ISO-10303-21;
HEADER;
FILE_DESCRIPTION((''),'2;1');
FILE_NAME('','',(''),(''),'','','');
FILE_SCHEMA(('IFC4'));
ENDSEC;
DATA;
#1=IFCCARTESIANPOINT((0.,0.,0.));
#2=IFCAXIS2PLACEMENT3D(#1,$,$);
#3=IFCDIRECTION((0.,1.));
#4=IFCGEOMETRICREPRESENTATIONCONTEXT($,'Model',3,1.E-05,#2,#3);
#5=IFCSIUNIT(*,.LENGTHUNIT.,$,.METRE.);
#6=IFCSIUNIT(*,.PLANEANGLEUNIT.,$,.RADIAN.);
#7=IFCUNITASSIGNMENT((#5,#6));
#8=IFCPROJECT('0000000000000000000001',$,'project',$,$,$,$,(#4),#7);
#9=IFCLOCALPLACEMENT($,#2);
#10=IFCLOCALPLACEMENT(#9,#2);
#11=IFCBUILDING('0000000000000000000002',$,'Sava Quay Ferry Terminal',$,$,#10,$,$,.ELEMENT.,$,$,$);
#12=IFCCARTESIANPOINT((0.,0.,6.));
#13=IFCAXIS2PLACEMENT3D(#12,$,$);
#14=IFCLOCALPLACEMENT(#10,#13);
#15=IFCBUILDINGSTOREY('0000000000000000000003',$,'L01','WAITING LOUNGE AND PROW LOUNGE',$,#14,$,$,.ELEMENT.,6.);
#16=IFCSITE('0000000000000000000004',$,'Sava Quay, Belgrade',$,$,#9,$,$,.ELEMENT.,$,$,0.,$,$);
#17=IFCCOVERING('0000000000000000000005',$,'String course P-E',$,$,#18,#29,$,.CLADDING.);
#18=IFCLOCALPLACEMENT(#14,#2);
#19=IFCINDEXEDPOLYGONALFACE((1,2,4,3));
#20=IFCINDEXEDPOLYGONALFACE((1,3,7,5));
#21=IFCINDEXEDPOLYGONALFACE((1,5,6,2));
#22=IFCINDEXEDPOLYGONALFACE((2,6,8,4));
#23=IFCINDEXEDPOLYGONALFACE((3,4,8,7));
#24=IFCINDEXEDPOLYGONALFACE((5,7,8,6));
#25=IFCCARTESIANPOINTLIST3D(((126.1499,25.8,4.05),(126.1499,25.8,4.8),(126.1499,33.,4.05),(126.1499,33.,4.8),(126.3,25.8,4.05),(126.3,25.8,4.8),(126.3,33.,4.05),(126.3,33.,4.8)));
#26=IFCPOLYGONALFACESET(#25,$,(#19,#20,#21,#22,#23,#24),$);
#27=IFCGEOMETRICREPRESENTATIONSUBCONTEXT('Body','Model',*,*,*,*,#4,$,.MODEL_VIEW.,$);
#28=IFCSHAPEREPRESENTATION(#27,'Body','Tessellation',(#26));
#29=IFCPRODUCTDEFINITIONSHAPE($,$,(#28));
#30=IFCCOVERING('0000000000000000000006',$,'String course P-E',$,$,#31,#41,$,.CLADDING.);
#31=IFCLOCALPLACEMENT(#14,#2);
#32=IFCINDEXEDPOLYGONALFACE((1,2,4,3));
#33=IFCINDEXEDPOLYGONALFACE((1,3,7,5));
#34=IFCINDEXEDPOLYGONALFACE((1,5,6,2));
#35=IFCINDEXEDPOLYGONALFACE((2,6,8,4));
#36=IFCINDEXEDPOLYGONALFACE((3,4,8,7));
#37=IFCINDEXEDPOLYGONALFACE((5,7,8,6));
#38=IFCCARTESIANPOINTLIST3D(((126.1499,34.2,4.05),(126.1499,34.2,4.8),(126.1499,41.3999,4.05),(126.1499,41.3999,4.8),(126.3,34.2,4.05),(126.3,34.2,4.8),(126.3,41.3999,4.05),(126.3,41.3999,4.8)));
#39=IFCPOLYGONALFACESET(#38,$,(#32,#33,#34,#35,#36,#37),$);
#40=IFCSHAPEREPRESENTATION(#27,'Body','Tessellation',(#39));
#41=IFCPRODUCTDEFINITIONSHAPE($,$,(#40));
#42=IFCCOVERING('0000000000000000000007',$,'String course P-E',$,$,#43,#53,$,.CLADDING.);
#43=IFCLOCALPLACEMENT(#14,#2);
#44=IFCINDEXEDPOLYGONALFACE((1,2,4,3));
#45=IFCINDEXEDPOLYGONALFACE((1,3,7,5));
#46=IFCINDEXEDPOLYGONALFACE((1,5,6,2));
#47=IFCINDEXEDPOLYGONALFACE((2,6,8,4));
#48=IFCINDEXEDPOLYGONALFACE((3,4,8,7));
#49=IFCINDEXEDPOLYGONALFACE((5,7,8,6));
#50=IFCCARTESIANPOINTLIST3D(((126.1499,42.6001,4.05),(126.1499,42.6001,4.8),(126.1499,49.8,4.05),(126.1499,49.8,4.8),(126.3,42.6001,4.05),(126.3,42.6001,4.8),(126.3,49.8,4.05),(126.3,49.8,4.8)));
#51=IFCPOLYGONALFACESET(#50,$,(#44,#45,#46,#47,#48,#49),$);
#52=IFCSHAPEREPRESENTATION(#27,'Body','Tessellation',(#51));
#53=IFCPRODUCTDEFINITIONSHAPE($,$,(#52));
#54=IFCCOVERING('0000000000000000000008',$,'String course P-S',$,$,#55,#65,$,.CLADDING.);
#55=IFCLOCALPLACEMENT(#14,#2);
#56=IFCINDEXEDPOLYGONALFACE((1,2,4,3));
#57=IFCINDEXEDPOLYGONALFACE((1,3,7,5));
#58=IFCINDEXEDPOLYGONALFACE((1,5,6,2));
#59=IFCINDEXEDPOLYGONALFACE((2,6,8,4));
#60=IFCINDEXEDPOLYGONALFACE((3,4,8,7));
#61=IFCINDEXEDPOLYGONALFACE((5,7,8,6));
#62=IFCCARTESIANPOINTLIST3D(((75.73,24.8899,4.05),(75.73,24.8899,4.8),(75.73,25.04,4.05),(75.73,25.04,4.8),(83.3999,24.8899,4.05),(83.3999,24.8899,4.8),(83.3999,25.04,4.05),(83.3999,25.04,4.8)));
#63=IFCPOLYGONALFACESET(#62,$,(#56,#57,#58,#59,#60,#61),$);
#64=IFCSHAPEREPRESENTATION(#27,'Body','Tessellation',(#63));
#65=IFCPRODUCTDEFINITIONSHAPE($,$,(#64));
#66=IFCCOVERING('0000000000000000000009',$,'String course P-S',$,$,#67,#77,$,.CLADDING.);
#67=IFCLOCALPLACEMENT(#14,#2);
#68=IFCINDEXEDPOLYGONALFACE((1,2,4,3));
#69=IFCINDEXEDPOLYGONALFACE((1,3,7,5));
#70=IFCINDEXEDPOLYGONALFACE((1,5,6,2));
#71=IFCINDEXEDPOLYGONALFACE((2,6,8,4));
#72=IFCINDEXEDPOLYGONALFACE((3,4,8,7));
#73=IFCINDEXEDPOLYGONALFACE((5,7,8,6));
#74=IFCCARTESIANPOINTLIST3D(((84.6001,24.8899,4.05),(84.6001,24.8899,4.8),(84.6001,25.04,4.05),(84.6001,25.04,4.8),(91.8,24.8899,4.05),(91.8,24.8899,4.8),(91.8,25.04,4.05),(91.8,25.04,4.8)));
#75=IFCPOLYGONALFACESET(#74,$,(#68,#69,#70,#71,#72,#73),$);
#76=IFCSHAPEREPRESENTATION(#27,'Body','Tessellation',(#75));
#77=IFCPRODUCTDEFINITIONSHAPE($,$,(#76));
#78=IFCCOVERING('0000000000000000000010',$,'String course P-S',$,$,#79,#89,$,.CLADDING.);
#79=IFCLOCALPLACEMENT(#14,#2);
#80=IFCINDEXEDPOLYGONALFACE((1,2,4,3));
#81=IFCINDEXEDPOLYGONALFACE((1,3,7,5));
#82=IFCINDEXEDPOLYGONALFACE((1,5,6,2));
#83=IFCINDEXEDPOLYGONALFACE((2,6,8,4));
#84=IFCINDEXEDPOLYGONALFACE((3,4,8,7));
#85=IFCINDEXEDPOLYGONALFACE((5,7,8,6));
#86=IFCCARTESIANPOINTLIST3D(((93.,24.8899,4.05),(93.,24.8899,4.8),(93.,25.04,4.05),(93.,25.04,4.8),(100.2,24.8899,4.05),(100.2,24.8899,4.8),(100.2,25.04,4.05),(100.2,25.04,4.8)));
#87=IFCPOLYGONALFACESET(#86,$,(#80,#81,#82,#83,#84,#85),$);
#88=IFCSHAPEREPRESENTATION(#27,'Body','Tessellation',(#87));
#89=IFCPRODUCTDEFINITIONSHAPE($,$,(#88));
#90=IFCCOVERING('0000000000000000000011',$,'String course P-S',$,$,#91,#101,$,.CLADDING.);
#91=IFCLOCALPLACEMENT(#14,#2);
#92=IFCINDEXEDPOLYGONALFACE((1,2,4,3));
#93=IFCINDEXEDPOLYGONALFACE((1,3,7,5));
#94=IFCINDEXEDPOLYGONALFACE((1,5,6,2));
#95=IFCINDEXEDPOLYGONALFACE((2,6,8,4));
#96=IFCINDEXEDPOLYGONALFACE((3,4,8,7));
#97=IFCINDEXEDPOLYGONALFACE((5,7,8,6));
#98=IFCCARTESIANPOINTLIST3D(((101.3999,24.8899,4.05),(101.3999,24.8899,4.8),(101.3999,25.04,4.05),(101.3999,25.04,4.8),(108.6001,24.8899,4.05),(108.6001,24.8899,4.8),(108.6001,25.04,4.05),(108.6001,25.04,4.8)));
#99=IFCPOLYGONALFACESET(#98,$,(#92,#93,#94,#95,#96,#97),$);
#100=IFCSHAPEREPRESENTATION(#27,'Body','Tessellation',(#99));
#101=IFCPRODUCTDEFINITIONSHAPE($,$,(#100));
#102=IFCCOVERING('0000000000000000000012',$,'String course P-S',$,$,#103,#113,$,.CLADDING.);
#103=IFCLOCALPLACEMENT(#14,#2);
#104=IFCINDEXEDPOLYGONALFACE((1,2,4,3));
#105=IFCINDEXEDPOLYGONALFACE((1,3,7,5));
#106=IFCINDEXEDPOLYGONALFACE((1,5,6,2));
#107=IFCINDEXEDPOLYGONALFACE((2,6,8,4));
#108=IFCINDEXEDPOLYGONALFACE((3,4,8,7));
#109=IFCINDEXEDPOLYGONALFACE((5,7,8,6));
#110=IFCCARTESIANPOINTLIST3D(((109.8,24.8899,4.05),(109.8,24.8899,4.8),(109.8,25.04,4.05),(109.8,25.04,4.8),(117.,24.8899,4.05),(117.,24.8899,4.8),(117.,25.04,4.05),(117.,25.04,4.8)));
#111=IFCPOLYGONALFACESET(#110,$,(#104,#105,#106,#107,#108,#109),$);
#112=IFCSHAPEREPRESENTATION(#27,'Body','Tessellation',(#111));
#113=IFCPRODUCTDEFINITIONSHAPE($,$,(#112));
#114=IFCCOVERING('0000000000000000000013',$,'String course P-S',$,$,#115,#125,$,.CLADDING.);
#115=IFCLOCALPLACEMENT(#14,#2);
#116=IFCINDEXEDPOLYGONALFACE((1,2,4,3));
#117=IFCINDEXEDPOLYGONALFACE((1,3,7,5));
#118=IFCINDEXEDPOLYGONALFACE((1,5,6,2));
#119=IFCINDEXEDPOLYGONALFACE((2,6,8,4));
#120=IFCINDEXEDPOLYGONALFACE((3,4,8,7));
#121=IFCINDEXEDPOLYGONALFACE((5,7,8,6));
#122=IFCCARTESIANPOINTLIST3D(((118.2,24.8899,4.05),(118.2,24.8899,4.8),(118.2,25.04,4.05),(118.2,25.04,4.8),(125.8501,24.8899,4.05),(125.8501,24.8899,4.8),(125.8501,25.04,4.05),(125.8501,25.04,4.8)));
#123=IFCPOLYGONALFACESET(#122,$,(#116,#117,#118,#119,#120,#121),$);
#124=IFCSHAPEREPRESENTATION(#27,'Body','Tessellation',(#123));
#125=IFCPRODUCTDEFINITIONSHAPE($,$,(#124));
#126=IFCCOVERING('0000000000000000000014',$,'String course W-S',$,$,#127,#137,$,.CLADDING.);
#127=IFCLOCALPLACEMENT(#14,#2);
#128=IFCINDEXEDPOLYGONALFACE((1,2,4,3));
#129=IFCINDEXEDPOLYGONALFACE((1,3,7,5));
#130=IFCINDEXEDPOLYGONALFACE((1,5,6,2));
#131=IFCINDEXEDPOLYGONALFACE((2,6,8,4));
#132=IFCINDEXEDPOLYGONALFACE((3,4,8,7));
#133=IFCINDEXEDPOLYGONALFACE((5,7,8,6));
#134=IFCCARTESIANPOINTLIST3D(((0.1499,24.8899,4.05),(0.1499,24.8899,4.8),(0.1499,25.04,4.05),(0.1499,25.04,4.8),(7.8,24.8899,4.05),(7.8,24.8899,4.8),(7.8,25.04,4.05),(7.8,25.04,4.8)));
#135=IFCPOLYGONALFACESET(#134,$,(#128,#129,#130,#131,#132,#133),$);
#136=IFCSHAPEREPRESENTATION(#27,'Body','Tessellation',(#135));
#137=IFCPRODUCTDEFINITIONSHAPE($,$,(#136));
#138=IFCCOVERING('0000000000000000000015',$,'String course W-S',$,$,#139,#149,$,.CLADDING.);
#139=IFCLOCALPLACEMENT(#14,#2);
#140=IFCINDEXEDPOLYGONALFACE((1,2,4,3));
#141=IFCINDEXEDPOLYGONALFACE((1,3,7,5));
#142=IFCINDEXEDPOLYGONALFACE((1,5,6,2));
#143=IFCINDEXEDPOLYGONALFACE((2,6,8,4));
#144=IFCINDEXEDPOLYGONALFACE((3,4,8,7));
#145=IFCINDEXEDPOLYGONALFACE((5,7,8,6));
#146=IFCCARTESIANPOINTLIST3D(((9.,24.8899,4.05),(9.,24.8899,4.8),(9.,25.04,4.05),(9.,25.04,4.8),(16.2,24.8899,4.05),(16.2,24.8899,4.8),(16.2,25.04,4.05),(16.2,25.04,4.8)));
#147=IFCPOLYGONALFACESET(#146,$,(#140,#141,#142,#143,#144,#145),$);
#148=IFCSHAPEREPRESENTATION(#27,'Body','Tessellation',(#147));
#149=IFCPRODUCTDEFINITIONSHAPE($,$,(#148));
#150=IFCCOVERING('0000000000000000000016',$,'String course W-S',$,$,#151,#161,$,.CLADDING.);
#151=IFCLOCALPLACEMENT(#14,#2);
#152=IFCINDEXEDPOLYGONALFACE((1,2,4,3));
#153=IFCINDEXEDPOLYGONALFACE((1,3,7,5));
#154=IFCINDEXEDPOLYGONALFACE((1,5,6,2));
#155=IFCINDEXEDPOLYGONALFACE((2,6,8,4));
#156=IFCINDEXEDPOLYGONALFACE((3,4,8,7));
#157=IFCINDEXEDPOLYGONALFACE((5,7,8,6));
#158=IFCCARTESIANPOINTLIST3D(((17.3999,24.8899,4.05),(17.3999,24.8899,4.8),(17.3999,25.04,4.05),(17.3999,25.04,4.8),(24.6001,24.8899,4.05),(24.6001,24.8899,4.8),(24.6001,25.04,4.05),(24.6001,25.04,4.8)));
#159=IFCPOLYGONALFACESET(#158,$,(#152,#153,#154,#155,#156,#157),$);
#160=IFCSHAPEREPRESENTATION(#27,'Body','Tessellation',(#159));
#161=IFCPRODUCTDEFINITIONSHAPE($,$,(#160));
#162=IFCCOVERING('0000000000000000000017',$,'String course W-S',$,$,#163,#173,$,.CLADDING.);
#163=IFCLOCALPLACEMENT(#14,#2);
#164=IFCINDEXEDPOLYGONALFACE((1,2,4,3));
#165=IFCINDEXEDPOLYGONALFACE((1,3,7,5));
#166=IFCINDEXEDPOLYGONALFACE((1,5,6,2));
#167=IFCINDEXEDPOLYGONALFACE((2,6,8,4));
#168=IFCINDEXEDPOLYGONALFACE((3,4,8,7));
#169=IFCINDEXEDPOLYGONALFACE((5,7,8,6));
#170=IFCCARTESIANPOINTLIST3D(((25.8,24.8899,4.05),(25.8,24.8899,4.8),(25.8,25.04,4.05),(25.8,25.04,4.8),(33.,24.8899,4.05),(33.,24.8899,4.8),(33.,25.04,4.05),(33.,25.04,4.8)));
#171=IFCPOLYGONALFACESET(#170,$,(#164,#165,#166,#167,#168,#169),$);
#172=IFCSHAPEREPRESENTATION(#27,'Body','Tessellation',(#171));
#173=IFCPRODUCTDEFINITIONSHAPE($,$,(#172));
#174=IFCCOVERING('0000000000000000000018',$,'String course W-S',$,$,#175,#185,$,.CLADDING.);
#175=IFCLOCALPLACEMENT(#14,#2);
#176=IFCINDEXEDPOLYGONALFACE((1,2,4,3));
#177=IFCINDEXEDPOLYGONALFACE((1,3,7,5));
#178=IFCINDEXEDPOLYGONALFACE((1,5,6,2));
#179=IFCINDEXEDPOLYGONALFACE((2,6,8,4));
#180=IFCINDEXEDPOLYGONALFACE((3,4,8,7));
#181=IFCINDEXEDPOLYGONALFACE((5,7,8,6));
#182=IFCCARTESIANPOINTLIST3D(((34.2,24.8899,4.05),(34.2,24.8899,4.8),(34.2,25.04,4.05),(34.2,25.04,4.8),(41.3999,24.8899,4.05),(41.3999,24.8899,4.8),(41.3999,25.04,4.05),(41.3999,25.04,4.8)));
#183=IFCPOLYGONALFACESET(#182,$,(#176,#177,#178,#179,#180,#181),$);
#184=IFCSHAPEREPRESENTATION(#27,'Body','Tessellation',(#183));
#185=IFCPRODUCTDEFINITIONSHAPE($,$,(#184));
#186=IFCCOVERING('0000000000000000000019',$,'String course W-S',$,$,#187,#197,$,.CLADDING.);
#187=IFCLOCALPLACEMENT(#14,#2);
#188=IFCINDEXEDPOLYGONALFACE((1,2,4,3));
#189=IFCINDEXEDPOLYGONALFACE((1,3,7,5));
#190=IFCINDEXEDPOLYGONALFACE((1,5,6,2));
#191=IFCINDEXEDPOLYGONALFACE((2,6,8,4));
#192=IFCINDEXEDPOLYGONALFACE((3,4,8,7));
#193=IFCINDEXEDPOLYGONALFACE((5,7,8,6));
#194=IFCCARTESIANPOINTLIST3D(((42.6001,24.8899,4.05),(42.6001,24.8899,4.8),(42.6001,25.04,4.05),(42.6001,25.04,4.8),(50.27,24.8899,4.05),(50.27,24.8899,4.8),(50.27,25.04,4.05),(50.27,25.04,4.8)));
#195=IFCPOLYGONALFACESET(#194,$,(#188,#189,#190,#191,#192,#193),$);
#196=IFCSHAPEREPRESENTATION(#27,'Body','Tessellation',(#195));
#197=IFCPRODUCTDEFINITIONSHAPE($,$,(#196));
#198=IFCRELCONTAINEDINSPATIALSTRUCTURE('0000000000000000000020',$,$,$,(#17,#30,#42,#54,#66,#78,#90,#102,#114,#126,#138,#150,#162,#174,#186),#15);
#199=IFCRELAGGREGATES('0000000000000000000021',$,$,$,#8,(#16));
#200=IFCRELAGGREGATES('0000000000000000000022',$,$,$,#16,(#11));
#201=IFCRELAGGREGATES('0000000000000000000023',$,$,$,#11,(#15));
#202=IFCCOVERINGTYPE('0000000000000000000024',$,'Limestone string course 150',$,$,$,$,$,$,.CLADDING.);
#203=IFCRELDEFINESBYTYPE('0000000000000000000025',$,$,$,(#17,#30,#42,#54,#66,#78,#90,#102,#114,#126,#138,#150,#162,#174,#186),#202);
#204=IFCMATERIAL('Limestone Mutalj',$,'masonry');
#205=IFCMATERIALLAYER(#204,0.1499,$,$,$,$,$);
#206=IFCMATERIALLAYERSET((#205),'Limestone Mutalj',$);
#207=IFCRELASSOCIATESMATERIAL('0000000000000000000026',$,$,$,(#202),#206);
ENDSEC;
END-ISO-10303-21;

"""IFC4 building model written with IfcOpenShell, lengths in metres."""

from ifc_helpers import new_model, si_unit, direction, frame, origin, place, context, subcontext, project, spatial, polyline, outline, extrude, material, layer, layer_set, type_object, element, save


model = new_model("IFC4")

# Units and contexts
model_context = context("Model", 3, precision=1e-05, world=origin(), true_north=direction((0.0, 1.0)))
body_context = subcontext(model_context, "Body", "Model", "MODEL_VIEW")
ifc_project = project(units=[si_unit("LENGTHUNIT", "METRE"), si_unit("PLANEANGLEUNIT", "RADIAN")], contexts=[model_context])

# Site, building, storey
site_placement = place(None, origin())
site = spatial("IfcSite", under=ifc_project, at=site_placement, Name="Sava Quay, Belgrade", CompositionType="ELEMENT", RefElevation=0.0)
building_placement = place(site_placement, origin())
building = spatial("IfcBuilding", under=site, at=building_placement, Name="Sava Quay Ferry Terminal", CompositionType="ELEMENT")
storey_placement = place(building_placement, frame((0.0, 0.0, 6.0)))
storey = spatial("IfcBuildingStorey", under=building, at=storey_placement, Name="L01", Description="WAITING LOUNGE AND PROW LOUNGE", CompositionType="ELEMENT", Elevation=6.0)

# Coverings
ifc_material = material(Name="Limestone Mutalj", Category="masonry")
ifc_layer = layer(ifc_material, 0.1499)
ifc_layer_set = layer_set([ifc_layer], Name="Limestone Mutalj")
covering_type = type_object("IfcCoveringType", Name="Limestone string course 150", PredefinedType="CLADDING", material=ifc_layer_set)
covering_1_placement = place(storey_placement, frame((0.0, 0.0, 4.05)))
element("IfcCovering", 1, at=covering_1_placement, inside=storey, type_object=covering_type, Name="String course P-E", PredefinedType="CLADDING", context=body_context, shape_type="SweptSolid", body=[
    extrude(outline(polyline([(126.1499, 25.8), (126.1499, 33.0), (126.3, 33.0), (126.3, 25.8), (126.1499, 25.8)])), origin(), (0.0, 0.0, 1.0), 0.75),
])
covering_2_placement = place(storey_placement, frame((0.0, 0.0, 4.05)))
element("IfcCovering", 2, at=covering_2_placement, inside=storey, type_object=covering_type, Name="String course P-E", PredefinedType="CLADDING", context=body_context, shape_type="SweptSolid", body=[
    extrude(outline(polyline([(126.1499, 34.2), (126.1499, 41.3999), (126.3, 41.3999), (126.3, 34.2), (126.1499, 34.2)])), origin(), (0.0, 0.0, 1.0), 0.75),
])
covering_3_placement = place(storey_placement, frame((0.0, 0.0, 4.05)))
element("IfcCovering", 3, at=covering_3_placement, inside=storey, type_object=covering_type, Name="String course P-E", PredefinedType="CLADDING", context=body_context, shape_type="SweptSolid", body=[
    extrude(outline(polyline([(126.1499, 42.6001), (126.1499, 49.8), (126.3, 49.8), (126.3, 42.6001), (126.1499, 42.6001)])), origin(), (0.0, 0.0, 1.0), 0.75),
])
covering_4_placement = place(storey_placement, frame((0.0, 0.0, 4.05)))
element("IfcCovering", 4, at=covering_4_placement, inside=storey, type_object=covering_type, Name="String course P-S", PredefinedType="CLADDING", context=body_context, shape_type="SweptSolid", body=[
    extrude(outline(polyline([(75.73, 25.04), (83.3999, 25.04), (83.3999, 24.8899), (75.73, 24.8899), (75.73, 25.04)])), origin(), (0.0, 0.0, 1.0), 0.75),
])
covering_5_placement = place(storey_placement, frame((0.0, 0.0, 4.05)))
element("IfcCovering", 5, at=covering_5_placement, inside=storey, type_object=covering_type, Name="String course P-S", PredefinedType="CLADDING", context=body_context, shape_type="SweptSolid", body=[
    extrude(outline(polyline([(84.6001, 25.04), (91.8, 25.04), (91.8, 24.8899), (84.6001, 24.8899), (84.6001, 25.04)])), origin(), (0.0, 0.0, 1.0), 0.75),
])
covering_6_placement = place(storey_placement, frame((0.0, 0.0, 4.05)))
element("IfcCovering", 6, at=covering_6_placement, inside=storey, type_object=covering_type, Name="String course P-S", PredefinedType="CLADDING", context=body_context, shape_type="SweptSolid", body=[
    extrude(outline(polyline([(93.0, 25.04), (100.2, 25.04), (100.2, 24.8899), (93.0, 24.8899), (93.0, 25.04)])), origin(), (0.0, 0.0, 1.0), 0.75),
])
covering_7_placement = place(storey_placement, frame((0.0, 0.0, 4.05)))
element("IfcCovering", 7, at=covering_7_placement, inside=storey, type_object=covering_type, Name="String course P-S", PredefinedType="CLADDING", context=body_context, shape_type="SweptSolid", body=[
    extrude(outline(polyline([(101.3999, 25.04), (108.6001, 25.04), (108.6001, 24.8899), (101.3999, 24.8899), (101.3999, 25.04)])), origin(), (0.0, 0.0, 1.0), 0.75),
])
covering_8_placement = place(storey_placement, frame((0.0, 0.0, 4.05)))
element("IfcCovering", 8, at=covering_8_placement, inside=storey, type_object=covering_type, Name="String course P-S", PredefinedType="CLADDING", context=body_context, shape_type="SweptSolid", body=[
    extrude(outline(polyline([(109.8, 25.04), (117.0, 25.04), (117.0, 24.8899), (109.8, 24.8899), (109.8, 25.04)])), origin(), (0.0, 0.0, 1.0), 0.75),
])
covering_9_placement = place(storey_placement, frame((0.0, 0.0, 4.05)))
element("IfcCovering", 9, at=covering_9_placement, inside=storey, type_object=covering_type, Name="String course P-S", PredefinedType="CLADDING", context=body_context, shape_type="SweptSolid", body=[
    extrude(outline(polyline([(118.2, 25.04), (125.8501, 25.04), (125.8501, 24.8899), (118.2, 24.8899), (118.2, 25.04)])), origin(), (0.0, 0.0, 1.0), 0.75),
])
covering_10_placement = place(storey_placement, frame((0.0, 0.0, 4.05)))
element("IfcCovering", 10, at=covering_10_placement, inside=storey, type_object=covering_type, Name="String course W-S", PredefinedType="CLADDING", context=body_context, shape_type="SweptSolid", body=[
    extrude(outline(polyline([(0.1499, 25.04), (7.8, 25.04), (7.8, 24.8899), (0.1499, 24.8899), (0.1499, 25.04)])), origin(), (0.0, 0.0, 1.0), 0.75),
])
covering_11_placement = place(storey_placement, frame((0.0, 0.0, 4.05)))
element("IfcCovering", 11, at=covering_11_placement, inside=storey, type_object=covering_type, Name="String course W-S", PredefinedType="CLADDING", context=body_context, shape_type="SweptSolid", body=[
    extrude(outline(polyline([(9.0, 25.04), (16.2, 25.04), (16.2, 24.8899), (9.0, 24.8899), (9.0, 25.04)])), origin(), (0.0, 0.0, 1.0), 0.75),
])
covering_12_placement = place(storey_placement, frame((0.0, 0.0, 4.05)))
element("IfcCovering", 12, at=covering_12_placement, inside=storey, type_object=covering_type, Name="String course W-S", PredefinedType="CLADDING", context=body_context, shape_type="SweptSolid", body=[
    extrude(outline(polyline([(17.3999, 25.04), (24.6001, 25.04), (24.6001, 24.8899), (17.3999, 24.8899), (17.3999, 25.04)])), origin(), (0.0, 0.0, 1.0), 0.75),
])
covering_13_placement = place(storey_placement, frame((0.0, 0.0, 4.05)))
element("IfcCovering", 13, at=covering_13_placement, inside=storey, type_object=covering_type, Name="String course W-S", PredefinedType="CLADDING", context=body_context, shape_type="SweptSolid", body=[
    extrude(outline(polyline([(25.8, 25.04), (33.0, 25.04), (33.0, 24.8899), (25.8, 24.8899), (25.8, 25.04)])), origin(), (0.0, 0.0, 1.0), 0.75),
])
covering_14_placement = place(storey_placement, frame((0.0, 0.0, 4.05)))
element("IfcCovering", 14, at=covering_14_placement, inside=storey, type_object=covering_type, Name="String course W-S", PredefinedType="CLADDING", context=body_context, shape_type="SweptSolid", body=[
    extrude(outline(polyline([(34.2, 25.04), (41.3999, 25.04), (41.3999, 24.8899), (34.2, 24.8899), (34.2, 25.04)])), origin(), (0.0, 0.0, 1.0), 0.75),
])
covering_15_placement = place(storey_placement, frame((0.0, 0.0, 4.05)))
element("IfcCovering", 15, at=covering_15_placement, inside=storey, type_object=covering_type, Name="String course W-S", PredefinedType="CLADDING", context=body_context, shape_type="SweptSolid", body=[
    extrude(outline(polyline([(42.6001, 25.04), (50.27, 25.04), (50.27, 24.8899), (42.6001, 24.8899), (42.6001, 25.04)])), origin(), (0.0, 0.0, 1.0), 0.75),
])

save(model, "model.ifc")
